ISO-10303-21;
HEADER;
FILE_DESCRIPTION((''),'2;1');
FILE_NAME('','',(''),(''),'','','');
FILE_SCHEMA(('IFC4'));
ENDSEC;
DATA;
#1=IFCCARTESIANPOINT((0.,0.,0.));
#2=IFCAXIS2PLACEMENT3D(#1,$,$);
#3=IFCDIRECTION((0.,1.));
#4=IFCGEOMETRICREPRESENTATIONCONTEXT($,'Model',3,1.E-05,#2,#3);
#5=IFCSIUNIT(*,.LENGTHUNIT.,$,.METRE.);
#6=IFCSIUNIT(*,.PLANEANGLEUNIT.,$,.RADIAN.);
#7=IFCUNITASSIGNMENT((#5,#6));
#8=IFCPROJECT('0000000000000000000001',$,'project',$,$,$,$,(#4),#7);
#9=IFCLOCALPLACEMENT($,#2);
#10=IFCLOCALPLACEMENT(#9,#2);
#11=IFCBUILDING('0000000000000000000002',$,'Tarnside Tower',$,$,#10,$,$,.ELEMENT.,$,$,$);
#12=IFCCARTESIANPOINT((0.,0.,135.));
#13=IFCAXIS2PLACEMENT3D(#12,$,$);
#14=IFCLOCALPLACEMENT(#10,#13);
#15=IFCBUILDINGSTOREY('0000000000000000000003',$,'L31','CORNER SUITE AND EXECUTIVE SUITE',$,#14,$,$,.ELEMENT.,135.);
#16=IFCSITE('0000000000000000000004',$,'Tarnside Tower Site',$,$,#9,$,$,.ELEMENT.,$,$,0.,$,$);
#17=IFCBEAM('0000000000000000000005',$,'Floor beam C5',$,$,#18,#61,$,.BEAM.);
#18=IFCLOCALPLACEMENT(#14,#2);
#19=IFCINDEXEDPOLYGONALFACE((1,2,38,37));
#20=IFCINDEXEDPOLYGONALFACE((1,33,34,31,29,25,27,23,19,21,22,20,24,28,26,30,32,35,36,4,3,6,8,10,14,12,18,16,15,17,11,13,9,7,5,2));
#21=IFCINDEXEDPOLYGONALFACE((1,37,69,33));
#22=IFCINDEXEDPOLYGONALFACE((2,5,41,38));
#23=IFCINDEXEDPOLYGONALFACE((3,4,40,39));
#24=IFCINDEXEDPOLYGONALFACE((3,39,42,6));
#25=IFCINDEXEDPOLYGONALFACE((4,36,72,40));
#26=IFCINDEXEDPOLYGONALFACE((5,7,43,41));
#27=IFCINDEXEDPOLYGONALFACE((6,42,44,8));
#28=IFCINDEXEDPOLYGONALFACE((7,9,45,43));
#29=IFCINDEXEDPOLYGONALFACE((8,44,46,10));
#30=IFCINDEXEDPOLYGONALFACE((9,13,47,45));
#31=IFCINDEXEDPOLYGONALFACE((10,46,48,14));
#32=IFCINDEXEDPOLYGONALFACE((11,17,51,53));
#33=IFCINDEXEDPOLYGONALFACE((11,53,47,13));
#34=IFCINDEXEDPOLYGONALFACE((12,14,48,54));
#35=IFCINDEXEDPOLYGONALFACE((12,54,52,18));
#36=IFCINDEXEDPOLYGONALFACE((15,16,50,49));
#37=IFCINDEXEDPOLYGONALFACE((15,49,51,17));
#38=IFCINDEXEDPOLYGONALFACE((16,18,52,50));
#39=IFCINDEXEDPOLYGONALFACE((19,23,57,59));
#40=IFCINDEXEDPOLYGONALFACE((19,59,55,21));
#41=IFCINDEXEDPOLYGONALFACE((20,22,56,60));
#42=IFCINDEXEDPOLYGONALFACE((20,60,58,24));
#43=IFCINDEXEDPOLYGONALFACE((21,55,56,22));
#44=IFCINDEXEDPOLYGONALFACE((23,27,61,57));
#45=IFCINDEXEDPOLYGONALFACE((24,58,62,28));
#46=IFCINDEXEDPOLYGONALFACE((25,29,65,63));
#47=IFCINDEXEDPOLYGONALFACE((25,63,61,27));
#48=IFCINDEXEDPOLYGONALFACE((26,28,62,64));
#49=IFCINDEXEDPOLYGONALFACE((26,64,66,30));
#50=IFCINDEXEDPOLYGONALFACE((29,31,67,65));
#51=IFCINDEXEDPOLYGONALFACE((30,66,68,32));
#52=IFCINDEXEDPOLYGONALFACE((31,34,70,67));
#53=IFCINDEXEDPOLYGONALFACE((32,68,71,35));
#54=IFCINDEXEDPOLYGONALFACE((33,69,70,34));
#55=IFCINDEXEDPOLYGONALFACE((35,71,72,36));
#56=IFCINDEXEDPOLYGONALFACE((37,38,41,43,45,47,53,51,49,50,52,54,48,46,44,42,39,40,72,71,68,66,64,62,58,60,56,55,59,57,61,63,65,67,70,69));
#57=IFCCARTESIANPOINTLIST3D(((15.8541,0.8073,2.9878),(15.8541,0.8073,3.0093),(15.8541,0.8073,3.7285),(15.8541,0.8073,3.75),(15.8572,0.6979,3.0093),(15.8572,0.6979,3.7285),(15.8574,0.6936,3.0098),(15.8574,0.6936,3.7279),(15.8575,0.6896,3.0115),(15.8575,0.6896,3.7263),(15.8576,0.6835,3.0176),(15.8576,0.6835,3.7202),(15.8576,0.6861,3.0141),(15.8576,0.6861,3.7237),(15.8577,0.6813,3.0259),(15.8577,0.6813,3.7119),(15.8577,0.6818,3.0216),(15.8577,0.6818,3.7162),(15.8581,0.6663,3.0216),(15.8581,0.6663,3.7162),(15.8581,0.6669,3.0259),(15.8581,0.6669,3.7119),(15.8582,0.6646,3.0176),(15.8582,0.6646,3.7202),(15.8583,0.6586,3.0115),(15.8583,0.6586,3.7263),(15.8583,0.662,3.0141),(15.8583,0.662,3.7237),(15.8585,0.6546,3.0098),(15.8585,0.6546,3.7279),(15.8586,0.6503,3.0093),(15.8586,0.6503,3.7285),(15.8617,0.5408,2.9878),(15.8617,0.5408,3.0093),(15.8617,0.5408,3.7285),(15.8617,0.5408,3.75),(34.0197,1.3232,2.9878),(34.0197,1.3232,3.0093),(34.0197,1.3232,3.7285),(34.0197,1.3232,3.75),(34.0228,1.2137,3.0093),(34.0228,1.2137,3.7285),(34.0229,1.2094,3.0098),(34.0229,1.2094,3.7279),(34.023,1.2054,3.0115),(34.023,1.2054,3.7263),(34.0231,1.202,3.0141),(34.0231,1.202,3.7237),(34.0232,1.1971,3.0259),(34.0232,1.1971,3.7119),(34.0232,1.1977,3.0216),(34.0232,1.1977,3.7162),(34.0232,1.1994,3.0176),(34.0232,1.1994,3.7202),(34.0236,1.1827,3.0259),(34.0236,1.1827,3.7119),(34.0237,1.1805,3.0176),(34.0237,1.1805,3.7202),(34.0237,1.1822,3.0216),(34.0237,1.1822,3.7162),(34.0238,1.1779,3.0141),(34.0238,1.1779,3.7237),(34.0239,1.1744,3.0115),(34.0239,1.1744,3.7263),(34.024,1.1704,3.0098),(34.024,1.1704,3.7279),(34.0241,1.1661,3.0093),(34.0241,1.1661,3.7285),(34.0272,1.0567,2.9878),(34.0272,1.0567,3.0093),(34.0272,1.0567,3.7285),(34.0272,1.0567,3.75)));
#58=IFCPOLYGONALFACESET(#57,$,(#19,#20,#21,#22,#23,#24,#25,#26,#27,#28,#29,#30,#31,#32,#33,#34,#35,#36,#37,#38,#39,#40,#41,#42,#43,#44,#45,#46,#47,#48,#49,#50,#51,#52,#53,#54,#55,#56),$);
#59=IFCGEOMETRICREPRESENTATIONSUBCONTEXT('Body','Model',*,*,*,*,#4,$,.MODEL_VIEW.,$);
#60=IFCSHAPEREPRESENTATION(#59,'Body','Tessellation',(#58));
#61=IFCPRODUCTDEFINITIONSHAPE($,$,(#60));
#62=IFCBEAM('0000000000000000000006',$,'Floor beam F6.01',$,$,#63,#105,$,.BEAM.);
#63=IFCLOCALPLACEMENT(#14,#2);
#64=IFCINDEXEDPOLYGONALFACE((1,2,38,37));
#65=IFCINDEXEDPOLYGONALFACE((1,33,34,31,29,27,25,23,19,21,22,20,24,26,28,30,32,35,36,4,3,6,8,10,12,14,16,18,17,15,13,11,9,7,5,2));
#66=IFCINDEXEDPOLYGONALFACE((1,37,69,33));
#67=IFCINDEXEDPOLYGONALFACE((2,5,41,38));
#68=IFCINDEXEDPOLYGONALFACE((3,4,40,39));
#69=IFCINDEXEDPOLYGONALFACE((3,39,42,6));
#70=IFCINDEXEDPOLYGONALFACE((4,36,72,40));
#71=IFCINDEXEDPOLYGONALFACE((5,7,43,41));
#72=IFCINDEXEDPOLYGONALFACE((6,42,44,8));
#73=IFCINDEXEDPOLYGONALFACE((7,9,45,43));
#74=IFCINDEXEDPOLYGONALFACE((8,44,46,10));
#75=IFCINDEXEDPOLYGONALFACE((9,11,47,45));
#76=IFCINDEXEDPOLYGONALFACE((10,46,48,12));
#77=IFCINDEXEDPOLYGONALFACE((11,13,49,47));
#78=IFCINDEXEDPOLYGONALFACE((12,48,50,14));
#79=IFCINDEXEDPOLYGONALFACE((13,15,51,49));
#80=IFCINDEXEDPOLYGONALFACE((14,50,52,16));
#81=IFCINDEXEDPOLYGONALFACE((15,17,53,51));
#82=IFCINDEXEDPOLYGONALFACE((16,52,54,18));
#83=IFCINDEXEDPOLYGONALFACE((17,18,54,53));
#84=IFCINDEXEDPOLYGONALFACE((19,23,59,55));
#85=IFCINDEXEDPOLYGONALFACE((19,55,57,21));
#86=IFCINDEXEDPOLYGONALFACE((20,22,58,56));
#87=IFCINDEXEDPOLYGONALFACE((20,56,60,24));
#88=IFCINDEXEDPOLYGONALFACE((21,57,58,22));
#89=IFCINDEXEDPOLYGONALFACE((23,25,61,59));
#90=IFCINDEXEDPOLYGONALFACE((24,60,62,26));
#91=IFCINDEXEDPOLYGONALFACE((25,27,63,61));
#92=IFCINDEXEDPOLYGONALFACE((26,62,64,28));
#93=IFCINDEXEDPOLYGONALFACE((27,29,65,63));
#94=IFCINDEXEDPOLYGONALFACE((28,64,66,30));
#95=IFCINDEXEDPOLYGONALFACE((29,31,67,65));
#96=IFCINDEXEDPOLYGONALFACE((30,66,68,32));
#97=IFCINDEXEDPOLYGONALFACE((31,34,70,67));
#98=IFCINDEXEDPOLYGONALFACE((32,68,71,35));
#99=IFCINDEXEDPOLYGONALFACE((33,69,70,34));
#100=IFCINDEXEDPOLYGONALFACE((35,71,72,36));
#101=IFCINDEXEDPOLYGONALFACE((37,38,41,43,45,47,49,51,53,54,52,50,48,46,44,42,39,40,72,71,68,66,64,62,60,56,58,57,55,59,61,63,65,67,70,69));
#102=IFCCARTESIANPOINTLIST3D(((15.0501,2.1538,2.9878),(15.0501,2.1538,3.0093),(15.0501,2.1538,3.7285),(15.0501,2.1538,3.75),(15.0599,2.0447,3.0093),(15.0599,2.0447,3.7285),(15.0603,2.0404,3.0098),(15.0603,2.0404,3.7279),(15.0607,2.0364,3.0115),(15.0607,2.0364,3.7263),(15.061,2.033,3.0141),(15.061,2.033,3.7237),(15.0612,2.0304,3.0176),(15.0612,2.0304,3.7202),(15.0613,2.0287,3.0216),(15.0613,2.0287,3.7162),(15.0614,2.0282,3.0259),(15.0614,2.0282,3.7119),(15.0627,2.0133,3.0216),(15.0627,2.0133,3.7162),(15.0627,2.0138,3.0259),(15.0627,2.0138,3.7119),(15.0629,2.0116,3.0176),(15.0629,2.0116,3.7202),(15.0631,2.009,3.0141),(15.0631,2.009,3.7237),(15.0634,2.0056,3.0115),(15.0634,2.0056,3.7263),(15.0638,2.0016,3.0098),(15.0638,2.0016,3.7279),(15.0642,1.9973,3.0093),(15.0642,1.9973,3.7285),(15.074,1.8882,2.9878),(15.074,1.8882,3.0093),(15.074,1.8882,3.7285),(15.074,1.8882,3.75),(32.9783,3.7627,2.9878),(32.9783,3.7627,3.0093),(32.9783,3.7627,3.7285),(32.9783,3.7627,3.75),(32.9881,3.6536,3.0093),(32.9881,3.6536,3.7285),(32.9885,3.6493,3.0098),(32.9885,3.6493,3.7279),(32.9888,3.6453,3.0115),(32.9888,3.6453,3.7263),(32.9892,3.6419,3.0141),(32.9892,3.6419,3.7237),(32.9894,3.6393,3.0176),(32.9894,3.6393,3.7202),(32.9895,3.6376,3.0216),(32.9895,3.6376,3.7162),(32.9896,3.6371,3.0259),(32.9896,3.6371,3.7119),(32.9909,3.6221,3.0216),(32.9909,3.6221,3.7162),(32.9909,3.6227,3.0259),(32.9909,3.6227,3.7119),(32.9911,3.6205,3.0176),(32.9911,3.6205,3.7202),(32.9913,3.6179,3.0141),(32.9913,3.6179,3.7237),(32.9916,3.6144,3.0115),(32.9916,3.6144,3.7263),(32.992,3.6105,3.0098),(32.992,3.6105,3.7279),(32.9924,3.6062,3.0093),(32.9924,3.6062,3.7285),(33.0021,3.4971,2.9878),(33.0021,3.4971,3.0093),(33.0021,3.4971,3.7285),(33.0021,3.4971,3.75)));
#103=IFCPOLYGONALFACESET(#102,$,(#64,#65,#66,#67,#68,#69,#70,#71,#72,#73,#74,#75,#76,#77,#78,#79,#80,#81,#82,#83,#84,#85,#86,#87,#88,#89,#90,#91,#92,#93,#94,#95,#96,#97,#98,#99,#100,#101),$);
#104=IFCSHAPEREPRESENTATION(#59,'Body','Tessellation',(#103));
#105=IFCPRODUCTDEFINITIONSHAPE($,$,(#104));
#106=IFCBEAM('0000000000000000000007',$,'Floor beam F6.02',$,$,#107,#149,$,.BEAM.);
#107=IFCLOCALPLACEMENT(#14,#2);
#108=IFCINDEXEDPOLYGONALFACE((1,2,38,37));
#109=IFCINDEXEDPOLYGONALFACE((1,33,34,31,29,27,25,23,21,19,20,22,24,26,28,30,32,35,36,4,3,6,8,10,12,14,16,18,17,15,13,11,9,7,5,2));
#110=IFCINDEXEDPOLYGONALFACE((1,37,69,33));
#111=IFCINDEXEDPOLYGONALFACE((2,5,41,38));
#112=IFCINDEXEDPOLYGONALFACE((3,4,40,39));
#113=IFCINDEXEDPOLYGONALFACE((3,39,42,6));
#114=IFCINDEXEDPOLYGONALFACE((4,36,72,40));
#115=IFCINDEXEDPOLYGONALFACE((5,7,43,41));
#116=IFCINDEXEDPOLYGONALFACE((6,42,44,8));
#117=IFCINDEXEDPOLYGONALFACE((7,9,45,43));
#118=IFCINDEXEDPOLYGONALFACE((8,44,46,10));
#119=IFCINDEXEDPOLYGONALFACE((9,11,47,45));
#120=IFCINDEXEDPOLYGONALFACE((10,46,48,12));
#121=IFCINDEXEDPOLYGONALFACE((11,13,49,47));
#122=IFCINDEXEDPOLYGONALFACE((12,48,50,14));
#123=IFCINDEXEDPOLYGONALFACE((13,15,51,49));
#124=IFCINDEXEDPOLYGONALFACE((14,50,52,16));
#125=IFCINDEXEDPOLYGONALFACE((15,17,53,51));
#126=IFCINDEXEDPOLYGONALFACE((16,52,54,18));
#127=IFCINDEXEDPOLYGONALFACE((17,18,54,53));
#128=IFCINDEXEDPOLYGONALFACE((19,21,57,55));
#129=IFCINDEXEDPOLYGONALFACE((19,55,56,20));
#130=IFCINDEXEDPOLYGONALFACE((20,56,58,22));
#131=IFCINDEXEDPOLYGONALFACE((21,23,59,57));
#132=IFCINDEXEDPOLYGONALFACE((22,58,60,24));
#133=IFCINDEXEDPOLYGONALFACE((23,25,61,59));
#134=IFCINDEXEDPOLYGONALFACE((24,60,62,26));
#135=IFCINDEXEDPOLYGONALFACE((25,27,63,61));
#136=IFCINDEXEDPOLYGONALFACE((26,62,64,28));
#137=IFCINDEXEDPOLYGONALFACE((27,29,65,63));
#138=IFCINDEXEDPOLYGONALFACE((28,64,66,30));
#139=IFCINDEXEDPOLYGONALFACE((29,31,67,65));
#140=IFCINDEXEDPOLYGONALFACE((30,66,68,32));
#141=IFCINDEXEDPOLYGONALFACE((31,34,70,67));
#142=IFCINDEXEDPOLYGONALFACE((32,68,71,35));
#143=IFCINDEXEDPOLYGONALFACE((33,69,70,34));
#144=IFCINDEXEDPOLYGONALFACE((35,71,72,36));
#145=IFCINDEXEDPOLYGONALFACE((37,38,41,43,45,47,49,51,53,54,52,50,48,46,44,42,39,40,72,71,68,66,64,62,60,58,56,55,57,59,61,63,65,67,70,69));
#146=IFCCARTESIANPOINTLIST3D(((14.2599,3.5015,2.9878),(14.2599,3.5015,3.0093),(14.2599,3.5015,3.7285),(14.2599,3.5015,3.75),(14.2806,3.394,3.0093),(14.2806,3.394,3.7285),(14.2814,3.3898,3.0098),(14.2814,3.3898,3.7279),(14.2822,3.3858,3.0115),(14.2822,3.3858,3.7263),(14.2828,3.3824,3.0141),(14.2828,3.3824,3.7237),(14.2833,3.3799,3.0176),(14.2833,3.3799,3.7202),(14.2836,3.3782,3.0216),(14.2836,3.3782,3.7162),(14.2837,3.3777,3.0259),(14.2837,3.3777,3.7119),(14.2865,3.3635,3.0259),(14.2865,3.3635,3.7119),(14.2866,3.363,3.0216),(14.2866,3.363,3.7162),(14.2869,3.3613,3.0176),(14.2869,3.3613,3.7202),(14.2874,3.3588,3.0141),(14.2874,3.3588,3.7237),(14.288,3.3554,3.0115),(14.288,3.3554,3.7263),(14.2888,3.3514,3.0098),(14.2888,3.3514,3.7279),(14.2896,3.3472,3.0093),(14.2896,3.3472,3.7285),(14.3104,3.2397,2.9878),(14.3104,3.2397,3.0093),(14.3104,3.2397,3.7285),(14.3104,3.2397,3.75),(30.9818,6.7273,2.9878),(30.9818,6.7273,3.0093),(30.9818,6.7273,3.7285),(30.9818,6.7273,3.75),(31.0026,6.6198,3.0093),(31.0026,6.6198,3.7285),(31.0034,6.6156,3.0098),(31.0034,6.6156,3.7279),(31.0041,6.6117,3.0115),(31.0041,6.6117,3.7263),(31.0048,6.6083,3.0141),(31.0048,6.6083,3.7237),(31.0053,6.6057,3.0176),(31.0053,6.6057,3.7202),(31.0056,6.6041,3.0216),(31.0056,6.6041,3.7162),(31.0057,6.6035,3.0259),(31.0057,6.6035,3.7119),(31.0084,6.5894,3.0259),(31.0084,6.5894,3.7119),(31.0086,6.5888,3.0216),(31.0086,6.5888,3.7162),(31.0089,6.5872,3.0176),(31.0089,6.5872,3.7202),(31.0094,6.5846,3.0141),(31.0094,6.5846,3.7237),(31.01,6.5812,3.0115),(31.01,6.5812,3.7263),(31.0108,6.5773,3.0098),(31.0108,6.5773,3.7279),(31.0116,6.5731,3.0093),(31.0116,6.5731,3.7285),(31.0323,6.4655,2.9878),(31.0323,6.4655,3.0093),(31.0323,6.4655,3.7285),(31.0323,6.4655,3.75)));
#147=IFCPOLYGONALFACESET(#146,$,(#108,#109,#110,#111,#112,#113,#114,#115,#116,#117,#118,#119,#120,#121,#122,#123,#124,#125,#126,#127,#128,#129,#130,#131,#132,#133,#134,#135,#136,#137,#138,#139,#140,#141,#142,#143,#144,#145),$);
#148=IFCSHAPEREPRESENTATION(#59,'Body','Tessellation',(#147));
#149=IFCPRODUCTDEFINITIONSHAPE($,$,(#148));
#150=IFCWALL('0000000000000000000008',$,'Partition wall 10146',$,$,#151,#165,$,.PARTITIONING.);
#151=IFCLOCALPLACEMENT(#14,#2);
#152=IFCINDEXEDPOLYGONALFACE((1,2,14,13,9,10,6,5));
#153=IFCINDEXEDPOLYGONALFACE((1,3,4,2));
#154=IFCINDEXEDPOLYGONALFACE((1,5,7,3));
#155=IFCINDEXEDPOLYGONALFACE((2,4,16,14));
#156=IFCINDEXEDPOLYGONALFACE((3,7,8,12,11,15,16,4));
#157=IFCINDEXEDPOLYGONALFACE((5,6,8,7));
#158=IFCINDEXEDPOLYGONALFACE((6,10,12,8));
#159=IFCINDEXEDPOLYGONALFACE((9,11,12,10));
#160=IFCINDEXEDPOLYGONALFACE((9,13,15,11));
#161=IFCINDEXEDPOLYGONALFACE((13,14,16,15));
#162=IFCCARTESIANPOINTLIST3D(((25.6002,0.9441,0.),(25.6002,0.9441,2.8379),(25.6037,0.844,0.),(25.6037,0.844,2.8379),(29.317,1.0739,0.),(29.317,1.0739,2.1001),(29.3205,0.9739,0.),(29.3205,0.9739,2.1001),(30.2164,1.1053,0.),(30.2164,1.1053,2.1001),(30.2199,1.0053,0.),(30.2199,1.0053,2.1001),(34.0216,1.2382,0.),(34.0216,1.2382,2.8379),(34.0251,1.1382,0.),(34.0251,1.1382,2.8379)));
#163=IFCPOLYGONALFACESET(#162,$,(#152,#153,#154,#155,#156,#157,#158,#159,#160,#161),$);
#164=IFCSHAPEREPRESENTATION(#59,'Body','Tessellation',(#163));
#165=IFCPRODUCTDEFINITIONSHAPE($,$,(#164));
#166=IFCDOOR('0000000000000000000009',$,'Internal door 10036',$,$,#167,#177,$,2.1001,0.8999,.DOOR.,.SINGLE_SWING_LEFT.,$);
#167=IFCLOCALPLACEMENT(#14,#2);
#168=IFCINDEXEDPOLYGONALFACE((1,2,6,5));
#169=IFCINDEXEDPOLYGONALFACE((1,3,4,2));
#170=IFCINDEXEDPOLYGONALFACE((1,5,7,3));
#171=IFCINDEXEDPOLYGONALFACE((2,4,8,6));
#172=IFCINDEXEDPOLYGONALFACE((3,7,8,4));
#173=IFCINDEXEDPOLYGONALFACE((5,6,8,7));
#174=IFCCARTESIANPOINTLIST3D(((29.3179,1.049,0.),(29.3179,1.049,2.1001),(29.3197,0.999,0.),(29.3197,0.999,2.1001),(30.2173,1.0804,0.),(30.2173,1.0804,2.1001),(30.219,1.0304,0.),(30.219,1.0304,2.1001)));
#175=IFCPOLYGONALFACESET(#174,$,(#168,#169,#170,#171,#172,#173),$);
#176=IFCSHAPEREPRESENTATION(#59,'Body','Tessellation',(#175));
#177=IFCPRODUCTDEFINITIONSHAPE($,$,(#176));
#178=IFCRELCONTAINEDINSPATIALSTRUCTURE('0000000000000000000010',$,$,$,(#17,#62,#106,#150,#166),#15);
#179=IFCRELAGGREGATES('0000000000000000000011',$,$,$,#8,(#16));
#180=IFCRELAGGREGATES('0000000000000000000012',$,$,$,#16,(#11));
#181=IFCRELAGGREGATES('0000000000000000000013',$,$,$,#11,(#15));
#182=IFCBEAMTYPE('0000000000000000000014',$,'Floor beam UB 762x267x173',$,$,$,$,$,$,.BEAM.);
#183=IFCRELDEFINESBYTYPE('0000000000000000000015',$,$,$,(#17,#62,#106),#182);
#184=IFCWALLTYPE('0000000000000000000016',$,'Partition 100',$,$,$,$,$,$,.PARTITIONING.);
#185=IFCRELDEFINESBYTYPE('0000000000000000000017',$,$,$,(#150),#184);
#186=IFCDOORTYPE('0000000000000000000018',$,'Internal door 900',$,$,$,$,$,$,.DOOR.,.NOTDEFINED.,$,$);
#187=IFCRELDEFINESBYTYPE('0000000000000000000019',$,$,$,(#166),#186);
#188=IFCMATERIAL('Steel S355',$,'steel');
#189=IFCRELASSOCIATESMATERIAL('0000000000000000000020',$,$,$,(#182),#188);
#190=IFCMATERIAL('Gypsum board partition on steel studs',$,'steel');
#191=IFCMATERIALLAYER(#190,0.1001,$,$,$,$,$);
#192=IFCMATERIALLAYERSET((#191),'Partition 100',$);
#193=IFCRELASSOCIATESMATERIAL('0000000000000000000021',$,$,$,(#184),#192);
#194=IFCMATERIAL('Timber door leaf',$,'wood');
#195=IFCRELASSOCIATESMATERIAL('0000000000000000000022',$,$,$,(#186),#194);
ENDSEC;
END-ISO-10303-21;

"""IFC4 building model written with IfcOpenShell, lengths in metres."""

from ifc_helpers import new_model, si_unit, direction, frame, frame_2d, origin, origin_2d, place, context, subcontext, project, spatial, rectangle, i_section, extrude, material, layer, layer_set, material_profile, profile_set, type_object, element, fill, save


model = new_model("IFC4")

# Units and contexts
model_context = context("Model", 3, precision=1e-05, world=origin(), true_north=direction((0.0, 1.0)))
body_context = subcontext(model_context, "Body", "Model", "MODEL_VIEW")
ifc_project = project(units=[si_unit("LENGTHUNIT", "METRE"), si_unit("PLANEANGLEUNIT", "RADIAN")], contexts=[model_context])

# Site, building, storey
site_placement = place(None, origin())
site = spatial("IfcSite", under=ifc_project, at=site_placement, Name="Tarnside Tower Site", CompositionType="ELEMENT", RefElevation=0.0)
building_placement = place(site_placement, origin())
building = spatial("IfcBuilding", under=site, at=building_placement, Name="Tarnside Tower", CompositionType="ELEMENT")
storey_placement = place(building_placement, frame((0.0, 0.0, 135.0)))
storey = spatial("IfcBuildingStorey", under=building, at=storey_placement, Name="L31", Description="CORNER SUITE AND EXECUTIVE SUITE", CompositionType="ELEMENT", Elevation=135.0)

# Beams
ifc_material_1 = material(Name="Steel S355", Category="steel")
ifc_material_profile = material_profile(ifc_material_1, i_section(OverallWidth=0.2666, OverallDepth=0.7622, WebThickness=0.0144, FlangeThickness=0.0215, FilletRadius=0.0166, at=origin_2d()), Name="UB 762x267x173")
ifc_profile_set = profile_set([ifc_material_profile], Name="Steel S355")
beam_type = type_object("IfcBeamType", Name="Floor beam UB 762x267x173", PredefinedType="BEAM", material=ifc_profile_set)
beam_1_placement = place(storey_placement, frame((34.0234, 1.1899, 3.3689), z_axis=(-0.999597, -0.028387, 0.0), x_axis=(0.028387, -0.999597, 0.0)))
element("IfcBeam", 1, at=beam_1_placement, inside=storey, type_object=beam_type, Name="Floor beam C5", PredefinedType="BEAM", context=body_context, shape_type="SweptSolid", body=[
    extrude(i_section(OverallWidth=0.2666, OverallDepth=0.7622, WebThickness=0.0144, FlangeThickness=0.0215, FilletRadius=0.0166, at=origin_2d()), origin(), (0.0, 0.0, 1.0), 18.1729),
])
beam_2_placement = place(storey_placement, frame((32.9902, 3.6299, 3.3689), z_axis=(-0.995997, -0.089381, 0.0), x_axis=(0.089381, -0.995997, 0.0)))
element("IfcBeam", 2, at=beam_2_placement, inside=storey, type_object=beam_type, Name="Floor beam F6.01", PredefinedType="BEAM", context=body_context, shape_type="SweptSolid", body=[
    extrude(i_section(OverallWidth=0.2666, OverallDepth=0.7622, WebThickness=0.0144, FlangeThickness=0.0215, FilletRadius=0.0166, at=origin_2d()), origin(), (0.0, 0.0, 1.0), 18.0002),
])
beam_3_placement = place(storey_placement, frame((31.0071, 6.5964, 3.3689), z_axis=(-0.981897, -0.189418, 0.0), x_axis=(0.189418, -0.981897, 0.0)))
element("IfcBeam", 3, at=beam_3_placement, inside=storey, type_object=beam_type, Name="Floor beam F6.02", PredefinedType="BEAM", context=body_context, shape_type="SweptSolid", body=[
    extrude(i_section(OverallWidth=0.2666, OverallDepth=0.7622, WebThickness=0.0144, FlangeThickness=0.0215, FilletRadius=0.0166, at=origin_2d()), origin(), (0.0, 0.0, 1.0), 17.0303),
])

# Wall, opening, door
ifc_material_2 = material(Name="Gypsum board partition on steel studs", Category="steel")
ifc_layer_1 = layer(ifc_material_2, 0.1001)
ifc_layer_set_1 = layer_set([ifc_layer_1], Name="Partition 100")
wall_type_1 = type_object("IfcWallType", Name="Partition 100", PredefinedType="PARTITIONING", material=ifc_layer_set_1)
wall_1_placement = place(storey_placement, frame((34.0234, 1.1882, 0.0), z_axis=(0.0, 0.0, 1.0), x_axis=(-0.99939, -0.034912, 0.0)))
wall_1 = element("IfcWall", 4, at=wall_1_placement, inside=storey, type_object=wall_type_1, Name="Partition wall 10146", PredefinedType="PARTITIONING", context=body_context, shape_type="SweptSolid", body=[
    extrude(rectangle(XDim=8.4265, YDim=0.1001, at=frame_2d((4.2134, 0.0))), origin(), (0.0, 0.0, 1.0), 2.8379),
])
opening_1_placement = place(wall_1_placement, frame((3.8076, 0.0, 0.0)))
opening_1 = element("IfcOpeningElement", 5, at=opening_1_placement, cuts=wall_1, PredefinedType="OPENING", context=body_context, shape_type="SweptSolid", body=[
    extrude(rectangle(XDim=0.8999, YDim=2.1001, at=frame_2d((0.45, 1.05))), frame((0.0, 0.0601, 0.0), z_axis=(0.0, -1.0, 0.0), x_axis=(1.0, 0.0, 0.0)), (0.0, 0.0, 1.0), 0.1201),
])
ifc_material_3 = material(Name="Timber door leaf", Category="wood")
door_type = type_object("IfcDoorType", Name="Internal door 900", OperationType="NOTDEFINED", PredefinedType="DOOR", material=ifc_material_3)
door_placement = place(opening_1_placement, origin())
door = element("IfcDoor", 6, at=door_placement, inside=storey, type_object=door_type, Name="Internal door 10036", OperationType="SINGLE_SWING_LEFT", OverallHeight=2.1001, OverallWidth=0.8999, PredefinedType="DOOR", context=body_context, shape_type="SweptSolid", body=[
    extrude(rectangle(XDim=0.8999, YDim=2.1001, at=frame_2d((0.45, 1.05))), frame((0.0, 0.0249, 0.0), z_axis=(0.0, -1.0, 0.0), x_axis=(1.0, 0.0, 0.0)), (0.0, 0.0, 1.0), 0.05),
])
fill(opening_1, door)

save(model, "model.ifc")
